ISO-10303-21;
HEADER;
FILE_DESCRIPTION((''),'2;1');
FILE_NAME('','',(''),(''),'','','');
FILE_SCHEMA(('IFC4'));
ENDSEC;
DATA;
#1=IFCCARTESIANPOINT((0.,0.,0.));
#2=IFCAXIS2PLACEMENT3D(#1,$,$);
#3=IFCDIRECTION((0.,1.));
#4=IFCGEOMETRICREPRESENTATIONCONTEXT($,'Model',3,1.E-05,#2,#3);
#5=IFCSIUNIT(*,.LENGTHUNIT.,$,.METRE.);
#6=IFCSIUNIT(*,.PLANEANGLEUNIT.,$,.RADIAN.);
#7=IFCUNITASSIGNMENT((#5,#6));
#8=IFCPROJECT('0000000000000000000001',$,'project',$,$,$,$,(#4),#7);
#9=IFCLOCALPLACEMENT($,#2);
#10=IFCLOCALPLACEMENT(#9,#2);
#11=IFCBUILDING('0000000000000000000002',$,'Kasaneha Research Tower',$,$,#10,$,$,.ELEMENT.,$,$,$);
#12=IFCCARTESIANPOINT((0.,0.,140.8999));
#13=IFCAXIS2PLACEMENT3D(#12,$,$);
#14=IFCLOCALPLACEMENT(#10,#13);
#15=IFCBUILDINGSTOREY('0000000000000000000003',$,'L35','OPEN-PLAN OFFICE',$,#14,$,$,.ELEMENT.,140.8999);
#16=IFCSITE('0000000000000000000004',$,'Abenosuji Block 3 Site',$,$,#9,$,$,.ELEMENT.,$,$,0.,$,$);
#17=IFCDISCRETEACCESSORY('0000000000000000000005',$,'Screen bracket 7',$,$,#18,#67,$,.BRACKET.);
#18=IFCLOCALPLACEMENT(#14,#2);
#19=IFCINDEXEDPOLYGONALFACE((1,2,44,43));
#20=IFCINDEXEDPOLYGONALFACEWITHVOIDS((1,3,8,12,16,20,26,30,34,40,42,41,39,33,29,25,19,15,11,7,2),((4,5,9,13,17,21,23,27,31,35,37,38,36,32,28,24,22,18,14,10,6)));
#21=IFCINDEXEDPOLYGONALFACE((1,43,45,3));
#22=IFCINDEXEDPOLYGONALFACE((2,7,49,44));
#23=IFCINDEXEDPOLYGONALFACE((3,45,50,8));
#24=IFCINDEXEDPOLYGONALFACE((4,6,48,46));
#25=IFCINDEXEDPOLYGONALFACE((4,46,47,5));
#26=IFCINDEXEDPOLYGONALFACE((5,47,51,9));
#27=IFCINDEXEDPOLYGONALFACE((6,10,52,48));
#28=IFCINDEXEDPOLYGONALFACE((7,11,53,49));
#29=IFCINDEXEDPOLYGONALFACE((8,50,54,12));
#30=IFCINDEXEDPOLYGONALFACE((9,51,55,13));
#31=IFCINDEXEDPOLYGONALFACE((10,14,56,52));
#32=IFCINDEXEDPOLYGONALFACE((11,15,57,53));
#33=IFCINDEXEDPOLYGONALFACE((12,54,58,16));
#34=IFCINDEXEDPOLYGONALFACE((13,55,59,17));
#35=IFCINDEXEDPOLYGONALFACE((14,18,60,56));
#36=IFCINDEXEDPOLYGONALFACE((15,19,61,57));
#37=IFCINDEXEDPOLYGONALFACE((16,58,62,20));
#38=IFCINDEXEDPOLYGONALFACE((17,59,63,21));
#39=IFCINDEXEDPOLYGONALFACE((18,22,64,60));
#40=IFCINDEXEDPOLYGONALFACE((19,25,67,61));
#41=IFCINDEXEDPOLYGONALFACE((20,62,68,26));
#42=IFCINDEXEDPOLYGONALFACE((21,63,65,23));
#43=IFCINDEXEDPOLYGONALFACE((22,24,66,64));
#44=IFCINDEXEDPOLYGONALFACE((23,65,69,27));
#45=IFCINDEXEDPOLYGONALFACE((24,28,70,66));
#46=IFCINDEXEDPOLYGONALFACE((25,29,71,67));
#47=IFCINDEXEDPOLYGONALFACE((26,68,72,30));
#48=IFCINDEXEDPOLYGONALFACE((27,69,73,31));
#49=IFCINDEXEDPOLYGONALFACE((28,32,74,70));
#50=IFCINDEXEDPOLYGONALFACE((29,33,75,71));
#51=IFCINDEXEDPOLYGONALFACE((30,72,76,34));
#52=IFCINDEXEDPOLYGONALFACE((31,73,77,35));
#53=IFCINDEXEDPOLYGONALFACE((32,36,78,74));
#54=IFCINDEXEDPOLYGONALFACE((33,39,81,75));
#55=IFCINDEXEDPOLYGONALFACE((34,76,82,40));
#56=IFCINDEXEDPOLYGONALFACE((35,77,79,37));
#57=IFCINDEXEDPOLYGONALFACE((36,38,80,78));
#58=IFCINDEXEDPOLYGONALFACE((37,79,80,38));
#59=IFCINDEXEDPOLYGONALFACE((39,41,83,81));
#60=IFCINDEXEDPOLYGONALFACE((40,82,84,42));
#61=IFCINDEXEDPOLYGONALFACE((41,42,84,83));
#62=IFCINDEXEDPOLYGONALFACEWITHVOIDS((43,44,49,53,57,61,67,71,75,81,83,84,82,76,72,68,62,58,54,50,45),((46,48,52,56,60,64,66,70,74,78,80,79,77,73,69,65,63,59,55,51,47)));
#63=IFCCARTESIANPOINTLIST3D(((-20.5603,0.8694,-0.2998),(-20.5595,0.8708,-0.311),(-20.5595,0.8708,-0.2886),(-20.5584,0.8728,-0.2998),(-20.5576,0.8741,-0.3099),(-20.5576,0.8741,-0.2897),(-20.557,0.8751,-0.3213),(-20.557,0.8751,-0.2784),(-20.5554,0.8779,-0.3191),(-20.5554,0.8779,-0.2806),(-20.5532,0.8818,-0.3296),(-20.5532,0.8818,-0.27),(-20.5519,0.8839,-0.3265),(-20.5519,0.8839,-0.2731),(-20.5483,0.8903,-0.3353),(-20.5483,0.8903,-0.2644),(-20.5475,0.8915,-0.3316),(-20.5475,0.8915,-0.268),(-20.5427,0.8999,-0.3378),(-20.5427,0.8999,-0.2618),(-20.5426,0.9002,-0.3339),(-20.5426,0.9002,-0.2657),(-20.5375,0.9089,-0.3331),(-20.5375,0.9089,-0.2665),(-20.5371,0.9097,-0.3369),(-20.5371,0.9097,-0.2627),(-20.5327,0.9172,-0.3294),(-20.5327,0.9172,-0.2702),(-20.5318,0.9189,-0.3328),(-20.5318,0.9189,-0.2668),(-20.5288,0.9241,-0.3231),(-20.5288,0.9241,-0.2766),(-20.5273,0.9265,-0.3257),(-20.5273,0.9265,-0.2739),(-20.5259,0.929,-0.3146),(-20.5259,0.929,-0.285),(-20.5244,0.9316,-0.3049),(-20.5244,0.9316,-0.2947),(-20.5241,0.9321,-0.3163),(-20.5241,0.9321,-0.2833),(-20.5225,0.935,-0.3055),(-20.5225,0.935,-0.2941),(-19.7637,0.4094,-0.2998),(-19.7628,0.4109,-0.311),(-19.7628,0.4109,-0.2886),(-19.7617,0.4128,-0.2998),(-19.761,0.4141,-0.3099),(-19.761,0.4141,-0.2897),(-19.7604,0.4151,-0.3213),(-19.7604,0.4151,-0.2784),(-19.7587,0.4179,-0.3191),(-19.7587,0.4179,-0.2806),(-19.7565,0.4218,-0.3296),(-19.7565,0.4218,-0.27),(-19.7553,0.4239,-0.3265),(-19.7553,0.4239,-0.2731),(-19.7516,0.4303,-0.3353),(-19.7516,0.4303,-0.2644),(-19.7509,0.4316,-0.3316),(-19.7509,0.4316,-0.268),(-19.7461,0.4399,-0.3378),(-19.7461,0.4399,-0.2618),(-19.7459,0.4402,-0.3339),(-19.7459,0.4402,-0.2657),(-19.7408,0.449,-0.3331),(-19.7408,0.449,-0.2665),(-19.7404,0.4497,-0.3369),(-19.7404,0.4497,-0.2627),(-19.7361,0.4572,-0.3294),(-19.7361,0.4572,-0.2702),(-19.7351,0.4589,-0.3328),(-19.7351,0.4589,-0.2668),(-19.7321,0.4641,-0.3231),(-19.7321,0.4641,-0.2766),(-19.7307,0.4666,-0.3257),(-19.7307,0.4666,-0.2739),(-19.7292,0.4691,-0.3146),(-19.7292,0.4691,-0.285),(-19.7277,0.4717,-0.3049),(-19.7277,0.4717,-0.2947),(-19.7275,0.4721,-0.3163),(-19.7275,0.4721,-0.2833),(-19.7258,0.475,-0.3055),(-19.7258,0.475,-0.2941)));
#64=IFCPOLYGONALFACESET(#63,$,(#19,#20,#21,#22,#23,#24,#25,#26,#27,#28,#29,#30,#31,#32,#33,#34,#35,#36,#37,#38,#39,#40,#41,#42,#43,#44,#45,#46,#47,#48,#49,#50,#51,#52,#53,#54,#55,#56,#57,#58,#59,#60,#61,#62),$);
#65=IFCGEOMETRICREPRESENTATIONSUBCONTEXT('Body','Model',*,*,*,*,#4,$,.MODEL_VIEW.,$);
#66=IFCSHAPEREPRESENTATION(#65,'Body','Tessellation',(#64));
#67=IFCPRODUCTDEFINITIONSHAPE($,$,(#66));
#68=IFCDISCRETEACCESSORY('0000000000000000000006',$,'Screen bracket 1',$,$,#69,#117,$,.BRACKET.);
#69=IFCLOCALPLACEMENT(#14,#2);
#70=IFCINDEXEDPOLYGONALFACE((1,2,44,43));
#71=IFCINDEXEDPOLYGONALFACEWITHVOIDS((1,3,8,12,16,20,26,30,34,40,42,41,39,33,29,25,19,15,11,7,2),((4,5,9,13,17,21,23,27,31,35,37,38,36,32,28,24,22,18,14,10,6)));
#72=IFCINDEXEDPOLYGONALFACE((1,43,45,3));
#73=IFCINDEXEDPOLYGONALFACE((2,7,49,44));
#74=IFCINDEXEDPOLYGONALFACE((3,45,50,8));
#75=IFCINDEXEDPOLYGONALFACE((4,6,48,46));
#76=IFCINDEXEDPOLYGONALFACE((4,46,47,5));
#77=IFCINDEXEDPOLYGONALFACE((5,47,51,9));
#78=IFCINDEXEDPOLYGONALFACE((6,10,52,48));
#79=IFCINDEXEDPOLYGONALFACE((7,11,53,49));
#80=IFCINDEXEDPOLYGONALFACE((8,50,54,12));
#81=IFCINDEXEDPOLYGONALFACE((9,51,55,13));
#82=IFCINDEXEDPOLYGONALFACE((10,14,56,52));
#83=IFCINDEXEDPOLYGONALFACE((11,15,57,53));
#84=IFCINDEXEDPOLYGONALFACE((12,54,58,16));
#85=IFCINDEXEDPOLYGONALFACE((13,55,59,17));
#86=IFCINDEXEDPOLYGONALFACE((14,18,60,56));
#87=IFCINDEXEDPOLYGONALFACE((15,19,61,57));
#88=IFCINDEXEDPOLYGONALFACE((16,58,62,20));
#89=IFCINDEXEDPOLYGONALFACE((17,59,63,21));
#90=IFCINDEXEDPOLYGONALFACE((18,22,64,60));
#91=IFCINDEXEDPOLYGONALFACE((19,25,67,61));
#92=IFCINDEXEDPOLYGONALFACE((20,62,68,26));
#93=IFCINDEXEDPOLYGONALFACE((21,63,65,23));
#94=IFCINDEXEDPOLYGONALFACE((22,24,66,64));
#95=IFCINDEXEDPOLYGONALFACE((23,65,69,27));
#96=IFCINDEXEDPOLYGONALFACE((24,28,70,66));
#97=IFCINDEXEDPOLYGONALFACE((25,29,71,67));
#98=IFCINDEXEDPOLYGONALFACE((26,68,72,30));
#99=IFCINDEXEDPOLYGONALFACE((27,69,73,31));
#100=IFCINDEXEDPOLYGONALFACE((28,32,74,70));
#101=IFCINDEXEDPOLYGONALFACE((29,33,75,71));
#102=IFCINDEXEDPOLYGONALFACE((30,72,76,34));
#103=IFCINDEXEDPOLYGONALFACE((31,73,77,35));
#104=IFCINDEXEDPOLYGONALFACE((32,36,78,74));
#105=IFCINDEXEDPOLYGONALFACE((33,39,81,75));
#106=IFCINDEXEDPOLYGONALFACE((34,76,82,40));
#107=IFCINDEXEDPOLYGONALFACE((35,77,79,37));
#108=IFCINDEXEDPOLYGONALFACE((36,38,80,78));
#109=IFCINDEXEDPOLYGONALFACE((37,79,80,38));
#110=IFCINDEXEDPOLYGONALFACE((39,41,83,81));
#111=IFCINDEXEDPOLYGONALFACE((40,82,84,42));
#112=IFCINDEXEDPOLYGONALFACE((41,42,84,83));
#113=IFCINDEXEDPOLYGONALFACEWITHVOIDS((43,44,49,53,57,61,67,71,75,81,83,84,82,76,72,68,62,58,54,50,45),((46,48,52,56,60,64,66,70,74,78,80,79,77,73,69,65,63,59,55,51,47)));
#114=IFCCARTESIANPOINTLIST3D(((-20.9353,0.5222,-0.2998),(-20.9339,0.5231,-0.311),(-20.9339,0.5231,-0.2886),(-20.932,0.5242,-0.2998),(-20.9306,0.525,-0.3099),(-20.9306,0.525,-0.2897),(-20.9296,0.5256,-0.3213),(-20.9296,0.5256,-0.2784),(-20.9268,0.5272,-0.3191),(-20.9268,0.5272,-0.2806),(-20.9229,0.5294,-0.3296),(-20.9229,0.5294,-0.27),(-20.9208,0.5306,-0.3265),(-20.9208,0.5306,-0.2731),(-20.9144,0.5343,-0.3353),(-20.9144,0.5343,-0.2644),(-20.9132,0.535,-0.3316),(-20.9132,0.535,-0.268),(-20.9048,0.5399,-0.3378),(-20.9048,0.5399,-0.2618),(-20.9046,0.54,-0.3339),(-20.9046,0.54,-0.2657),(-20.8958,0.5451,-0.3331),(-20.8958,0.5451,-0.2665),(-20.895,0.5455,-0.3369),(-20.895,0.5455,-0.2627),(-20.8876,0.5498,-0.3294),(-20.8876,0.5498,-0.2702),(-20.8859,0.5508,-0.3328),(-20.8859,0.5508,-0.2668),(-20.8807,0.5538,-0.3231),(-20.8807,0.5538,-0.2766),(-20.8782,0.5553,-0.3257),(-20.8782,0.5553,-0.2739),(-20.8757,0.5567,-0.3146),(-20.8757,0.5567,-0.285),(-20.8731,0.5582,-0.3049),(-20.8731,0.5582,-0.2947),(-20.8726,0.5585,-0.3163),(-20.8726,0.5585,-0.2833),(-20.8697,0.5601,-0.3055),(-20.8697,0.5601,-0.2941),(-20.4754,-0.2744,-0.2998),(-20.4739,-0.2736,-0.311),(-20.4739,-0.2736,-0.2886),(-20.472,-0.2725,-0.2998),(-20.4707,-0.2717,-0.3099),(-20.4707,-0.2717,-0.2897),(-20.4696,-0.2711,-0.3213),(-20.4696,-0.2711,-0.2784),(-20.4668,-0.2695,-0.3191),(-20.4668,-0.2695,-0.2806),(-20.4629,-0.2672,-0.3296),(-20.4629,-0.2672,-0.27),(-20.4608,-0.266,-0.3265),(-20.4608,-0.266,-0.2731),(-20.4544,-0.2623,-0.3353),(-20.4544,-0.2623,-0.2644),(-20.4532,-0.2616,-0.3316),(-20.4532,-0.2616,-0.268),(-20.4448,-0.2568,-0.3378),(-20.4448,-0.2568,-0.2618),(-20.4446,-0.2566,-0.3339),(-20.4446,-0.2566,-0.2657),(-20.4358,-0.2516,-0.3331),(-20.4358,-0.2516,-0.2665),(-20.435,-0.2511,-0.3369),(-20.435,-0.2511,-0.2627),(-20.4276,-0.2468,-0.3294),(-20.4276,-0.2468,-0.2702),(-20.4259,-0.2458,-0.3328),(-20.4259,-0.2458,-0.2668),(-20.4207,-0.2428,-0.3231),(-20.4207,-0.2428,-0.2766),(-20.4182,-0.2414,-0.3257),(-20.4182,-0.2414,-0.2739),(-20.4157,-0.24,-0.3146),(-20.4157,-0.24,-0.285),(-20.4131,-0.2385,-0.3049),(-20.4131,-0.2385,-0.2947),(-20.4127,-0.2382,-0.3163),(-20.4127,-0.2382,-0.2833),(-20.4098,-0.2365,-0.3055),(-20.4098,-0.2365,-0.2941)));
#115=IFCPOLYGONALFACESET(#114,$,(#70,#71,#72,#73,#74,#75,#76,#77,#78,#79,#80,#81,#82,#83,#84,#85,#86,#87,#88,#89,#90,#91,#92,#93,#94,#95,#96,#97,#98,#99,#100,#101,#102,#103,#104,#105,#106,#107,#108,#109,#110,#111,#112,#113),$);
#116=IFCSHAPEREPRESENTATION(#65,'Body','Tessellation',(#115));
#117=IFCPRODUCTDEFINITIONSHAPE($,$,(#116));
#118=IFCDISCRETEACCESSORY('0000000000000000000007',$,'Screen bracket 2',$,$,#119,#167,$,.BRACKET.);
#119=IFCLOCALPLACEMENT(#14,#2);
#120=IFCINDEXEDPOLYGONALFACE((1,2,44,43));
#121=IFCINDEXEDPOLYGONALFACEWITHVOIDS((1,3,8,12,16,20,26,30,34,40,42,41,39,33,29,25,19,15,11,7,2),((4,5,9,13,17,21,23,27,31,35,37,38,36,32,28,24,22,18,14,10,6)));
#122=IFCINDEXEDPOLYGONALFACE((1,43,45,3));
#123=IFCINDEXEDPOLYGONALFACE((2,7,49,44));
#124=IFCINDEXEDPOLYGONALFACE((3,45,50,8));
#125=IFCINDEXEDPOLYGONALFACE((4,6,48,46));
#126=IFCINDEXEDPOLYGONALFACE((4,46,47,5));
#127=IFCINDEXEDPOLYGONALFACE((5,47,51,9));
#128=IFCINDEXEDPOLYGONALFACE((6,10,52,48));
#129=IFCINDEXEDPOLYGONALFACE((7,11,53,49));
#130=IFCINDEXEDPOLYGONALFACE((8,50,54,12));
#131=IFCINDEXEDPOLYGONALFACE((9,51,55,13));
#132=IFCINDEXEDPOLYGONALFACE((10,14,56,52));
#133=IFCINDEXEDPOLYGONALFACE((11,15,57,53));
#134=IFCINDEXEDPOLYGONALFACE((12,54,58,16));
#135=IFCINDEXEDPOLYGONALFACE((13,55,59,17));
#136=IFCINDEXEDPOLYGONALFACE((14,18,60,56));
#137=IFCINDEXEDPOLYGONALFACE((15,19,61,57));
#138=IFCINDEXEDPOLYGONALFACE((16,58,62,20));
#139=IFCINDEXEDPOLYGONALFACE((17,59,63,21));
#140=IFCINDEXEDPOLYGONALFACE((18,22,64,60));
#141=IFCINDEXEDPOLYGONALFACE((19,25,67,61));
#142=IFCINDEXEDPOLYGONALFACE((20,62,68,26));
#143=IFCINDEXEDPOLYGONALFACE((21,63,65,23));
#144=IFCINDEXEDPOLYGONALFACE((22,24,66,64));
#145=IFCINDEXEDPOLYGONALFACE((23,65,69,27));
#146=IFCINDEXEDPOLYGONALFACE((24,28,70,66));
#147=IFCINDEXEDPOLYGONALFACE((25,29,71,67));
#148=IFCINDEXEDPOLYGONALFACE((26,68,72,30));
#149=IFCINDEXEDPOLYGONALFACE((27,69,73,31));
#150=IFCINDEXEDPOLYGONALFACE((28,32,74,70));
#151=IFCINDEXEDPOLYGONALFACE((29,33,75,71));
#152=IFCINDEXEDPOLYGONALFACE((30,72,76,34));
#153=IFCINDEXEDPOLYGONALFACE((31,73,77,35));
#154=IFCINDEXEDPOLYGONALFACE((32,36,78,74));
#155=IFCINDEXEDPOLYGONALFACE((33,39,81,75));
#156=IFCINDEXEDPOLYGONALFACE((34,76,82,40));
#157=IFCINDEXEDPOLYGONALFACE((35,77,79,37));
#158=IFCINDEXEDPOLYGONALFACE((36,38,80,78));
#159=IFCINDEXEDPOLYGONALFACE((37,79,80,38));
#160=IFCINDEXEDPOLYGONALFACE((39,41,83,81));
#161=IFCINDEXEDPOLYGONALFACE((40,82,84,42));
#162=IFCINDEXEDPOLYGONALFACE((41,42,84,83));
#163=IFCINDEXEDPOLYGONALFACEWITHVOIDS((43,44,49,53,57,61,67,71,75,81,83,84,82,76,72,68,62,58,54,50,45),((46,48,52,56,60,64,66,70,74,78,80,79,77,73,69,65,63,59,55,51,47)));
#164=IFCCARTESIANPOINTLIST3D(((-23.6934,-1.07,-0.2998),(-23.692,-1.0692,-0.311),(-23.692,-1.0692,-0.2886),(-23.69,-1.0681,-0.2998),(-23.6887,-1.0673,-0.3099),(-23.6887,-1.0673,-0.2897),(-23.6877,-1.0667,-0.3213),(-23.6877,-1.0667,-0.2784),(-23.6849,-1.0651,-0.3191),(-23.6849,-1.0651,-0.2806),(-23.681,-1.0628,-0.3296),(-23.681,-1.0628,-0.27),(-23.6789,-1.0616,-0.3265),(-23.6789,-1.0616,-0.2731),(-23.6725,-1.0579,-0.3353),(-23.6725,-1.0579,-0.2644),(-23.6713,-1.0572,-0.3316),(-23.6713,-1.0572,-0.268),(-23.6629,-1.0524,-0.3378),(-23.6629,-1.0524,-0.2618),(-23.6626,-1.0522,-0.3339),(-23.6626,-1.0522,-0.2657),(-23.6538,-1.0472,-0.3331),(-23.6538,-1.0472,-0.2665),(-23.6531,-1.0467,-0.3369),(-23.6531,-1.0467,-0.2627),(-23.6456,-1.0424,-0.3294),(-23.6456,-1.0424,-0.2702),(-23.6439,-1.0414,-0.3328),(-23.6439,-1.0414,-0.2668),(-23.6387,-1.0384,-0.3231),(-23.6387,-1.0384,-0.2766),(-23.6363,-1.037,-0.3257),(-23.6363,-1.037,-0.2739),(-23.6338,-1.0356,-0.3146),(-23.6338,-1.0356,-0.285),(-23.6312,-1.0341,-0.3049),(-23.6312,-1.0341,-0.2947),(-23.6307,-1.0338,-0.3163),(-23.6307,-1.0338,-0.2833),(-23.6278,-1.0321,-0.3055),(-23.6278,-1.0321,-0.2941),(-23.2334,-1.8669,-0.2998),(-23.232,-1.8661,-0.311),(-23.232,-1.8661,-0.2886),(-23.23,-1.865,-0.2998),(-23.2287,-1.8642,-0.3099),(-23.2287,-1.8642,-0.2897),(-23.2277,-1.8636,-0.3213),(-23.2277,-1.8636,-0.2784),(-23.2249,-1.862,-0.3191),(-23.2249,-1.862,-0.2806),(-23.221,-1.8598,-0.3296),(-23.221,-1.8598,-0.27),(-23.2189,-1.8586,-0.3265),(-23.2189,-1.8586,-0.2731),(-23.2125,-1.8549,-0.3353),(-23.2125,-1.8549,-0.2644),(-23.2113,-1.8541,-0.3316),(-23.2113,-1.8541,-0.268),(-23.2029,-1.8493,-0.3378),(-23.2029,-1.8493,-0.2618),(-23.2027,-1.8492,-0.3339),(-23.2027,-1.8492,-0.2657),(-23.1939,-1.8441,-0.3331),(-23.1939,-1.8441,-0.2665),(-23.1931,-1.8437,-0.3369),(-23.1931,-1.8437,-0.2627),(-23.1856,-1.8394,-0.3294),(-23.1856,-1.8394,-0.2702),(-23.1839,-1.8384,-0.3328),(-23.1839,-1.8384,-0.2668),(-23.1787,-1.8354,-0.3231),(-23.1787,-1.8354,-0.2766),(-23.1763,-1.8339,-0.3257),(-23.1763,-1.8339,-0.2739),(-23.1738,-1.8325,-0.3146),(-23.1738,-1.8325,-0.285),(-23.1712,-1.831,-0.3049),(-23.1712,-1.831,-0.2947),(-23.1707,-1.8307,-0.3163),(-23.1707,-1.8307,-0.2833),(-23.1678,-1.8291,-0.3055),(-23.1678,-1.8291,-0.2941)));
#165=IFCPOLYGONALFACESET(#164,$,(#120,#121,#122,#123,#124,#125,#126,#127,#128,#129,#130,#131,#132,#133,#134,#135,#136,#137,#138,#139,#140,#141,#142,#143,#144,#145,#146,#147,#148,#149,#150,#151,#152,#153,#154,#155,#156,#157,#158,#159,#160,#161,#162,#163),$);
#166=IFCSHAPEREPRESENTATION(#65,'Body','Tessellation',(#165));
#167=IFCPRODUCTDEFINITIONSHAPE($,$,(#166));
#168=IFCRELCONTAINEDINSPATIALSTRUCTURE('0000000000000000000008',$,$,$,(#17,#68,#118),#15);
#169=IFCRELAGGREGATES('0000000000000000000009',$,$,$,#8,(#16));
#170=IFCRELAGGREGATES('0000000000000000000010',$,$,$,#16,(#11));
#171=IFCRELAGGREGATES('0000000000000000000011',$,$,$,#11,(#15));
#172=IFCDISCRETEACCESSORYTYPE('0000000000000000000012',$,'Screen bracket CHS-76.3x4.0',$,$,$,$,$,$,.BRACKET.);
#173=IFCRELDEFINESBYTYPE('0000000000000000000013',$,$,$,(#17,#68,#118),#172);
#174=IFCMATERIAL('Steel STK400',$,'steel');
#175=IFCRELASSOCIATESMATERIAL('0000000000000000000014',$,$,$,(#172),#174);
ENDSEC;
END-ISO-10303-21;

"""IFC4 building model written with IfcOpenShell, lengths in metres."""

from ifc_helpers import new_model, si_unit, direction, frame, origin, origin_2d, place, context, subcontext, project, spatial, hollow_circle, extrude, material, material_profile, profile_set, type_object, element, save


model = new_model("IFC4")

# Units and contexts
model_context = context("Model", 3, precision=1e-05, world=origin(), true_north=direction((0.0, 1.0)))
body_context = subcontext(model_context, "Body", "Model", "MODEL_VIEW")
ifc_project = project(units=[si_unit("LENGTHUNIT", "METRE"), si_unit("PLANEANGLEUNIT", "RADIAN")], contexts=[model_context])

# Site, building, storey
site_placement = place(None, origin())
site = spatial("IfcSite", under=ifc_project, at=site_placement, Name="Abenosuji Block 3 Site", CompositionType="ELEMENT", RefElevation=0.0)
building_placement = place(site_placement, origin())
building = spatial("IfcBuilding", under=site, at=building_placement, Name="Kasaneha Research Tower", CompositionType="ELEMENT")
storey_placement = place(building_placement, frame((0.0, 0.0, 140.8999)))
storey = spatial("IfcBuildingStorey", under=building, at=storey_placement, Name="L35", Description="OPEN-PLAN OFFICE", CompositionType="ELEMENT", Elevation=140.8999)

# Discrete accessories
ifc_material_1 = material(Name="Steel STK400", Category="steel")
ifc_material_profile_1 = material_profile(ifc_material_1, hollow_circle(Radius=0.0381, WallThickness=0.0039, at=origin_2d()), Name="CHS-76.3x4.0")
ifc_profile_set_1 = profile_set([ifc_material_profile_1], Name="Steel STK400")
discrete_accessory_type = type_object("IfcDiscreteAccessoryType", Name="Screen bracket CHS-76.3x4.0", PredefinedType="BRACKET", material=ifc_profile_set_1)
for number, where, z_axis, x_axis, name in (
    (1, (-19.7446, 0.4424, -0.2998), (-0.866013, 0.500021, 0.0), (-0.500021, -0.866013, 0.0), "Screen bracket 7"),
    (2, (-20.4424, -0.2554, -0.2998), (-0.500021, 0.866013, 0.0), (-0.866013, -0.500021, 0.0), "Screen bracket 1"),
):
    element("IfcDiscreteAccessory", number, at=place(storey_placement, frame(where, z_axis=z_axis, x_axis=x_axis)), inside=storey, type_object=discrete_accessory_type, Name=name, PredefinedType="BRACKET", context=body_context, shape_type="SweptSolid", body=[
        extrude(hollow_circle(Radius=0.0381, WallThickness=0.0039, at=origin_2d()), origin(), (0.0, 0.0, 1.0), 0.9199),
    ])
discrete_accessory_placement = place(storey_placement, frame((-23.2004, -1.8479, -0.2998), z_axis=(-0.499906, 0.86608, 0.0), x_axis=(-0.86608, -0.499906, 0.0)))
element("IfcDiscreteAccessory", 3, at=discrete_accessory_placement, inside=storey, type_object=discrete_accessory_type, Name="Screen bracket 2", PredefinedType="BRACKET", context=body_context, shape_type="SweptSolid", body=[
    extrude(hollow_circle(Radius=0.0381, WallThickness=0.0039, at=origin_2d()), origin(), (0.0, 0.0, 1.0), 0.9202),
])

save(model, "model.ifc")
